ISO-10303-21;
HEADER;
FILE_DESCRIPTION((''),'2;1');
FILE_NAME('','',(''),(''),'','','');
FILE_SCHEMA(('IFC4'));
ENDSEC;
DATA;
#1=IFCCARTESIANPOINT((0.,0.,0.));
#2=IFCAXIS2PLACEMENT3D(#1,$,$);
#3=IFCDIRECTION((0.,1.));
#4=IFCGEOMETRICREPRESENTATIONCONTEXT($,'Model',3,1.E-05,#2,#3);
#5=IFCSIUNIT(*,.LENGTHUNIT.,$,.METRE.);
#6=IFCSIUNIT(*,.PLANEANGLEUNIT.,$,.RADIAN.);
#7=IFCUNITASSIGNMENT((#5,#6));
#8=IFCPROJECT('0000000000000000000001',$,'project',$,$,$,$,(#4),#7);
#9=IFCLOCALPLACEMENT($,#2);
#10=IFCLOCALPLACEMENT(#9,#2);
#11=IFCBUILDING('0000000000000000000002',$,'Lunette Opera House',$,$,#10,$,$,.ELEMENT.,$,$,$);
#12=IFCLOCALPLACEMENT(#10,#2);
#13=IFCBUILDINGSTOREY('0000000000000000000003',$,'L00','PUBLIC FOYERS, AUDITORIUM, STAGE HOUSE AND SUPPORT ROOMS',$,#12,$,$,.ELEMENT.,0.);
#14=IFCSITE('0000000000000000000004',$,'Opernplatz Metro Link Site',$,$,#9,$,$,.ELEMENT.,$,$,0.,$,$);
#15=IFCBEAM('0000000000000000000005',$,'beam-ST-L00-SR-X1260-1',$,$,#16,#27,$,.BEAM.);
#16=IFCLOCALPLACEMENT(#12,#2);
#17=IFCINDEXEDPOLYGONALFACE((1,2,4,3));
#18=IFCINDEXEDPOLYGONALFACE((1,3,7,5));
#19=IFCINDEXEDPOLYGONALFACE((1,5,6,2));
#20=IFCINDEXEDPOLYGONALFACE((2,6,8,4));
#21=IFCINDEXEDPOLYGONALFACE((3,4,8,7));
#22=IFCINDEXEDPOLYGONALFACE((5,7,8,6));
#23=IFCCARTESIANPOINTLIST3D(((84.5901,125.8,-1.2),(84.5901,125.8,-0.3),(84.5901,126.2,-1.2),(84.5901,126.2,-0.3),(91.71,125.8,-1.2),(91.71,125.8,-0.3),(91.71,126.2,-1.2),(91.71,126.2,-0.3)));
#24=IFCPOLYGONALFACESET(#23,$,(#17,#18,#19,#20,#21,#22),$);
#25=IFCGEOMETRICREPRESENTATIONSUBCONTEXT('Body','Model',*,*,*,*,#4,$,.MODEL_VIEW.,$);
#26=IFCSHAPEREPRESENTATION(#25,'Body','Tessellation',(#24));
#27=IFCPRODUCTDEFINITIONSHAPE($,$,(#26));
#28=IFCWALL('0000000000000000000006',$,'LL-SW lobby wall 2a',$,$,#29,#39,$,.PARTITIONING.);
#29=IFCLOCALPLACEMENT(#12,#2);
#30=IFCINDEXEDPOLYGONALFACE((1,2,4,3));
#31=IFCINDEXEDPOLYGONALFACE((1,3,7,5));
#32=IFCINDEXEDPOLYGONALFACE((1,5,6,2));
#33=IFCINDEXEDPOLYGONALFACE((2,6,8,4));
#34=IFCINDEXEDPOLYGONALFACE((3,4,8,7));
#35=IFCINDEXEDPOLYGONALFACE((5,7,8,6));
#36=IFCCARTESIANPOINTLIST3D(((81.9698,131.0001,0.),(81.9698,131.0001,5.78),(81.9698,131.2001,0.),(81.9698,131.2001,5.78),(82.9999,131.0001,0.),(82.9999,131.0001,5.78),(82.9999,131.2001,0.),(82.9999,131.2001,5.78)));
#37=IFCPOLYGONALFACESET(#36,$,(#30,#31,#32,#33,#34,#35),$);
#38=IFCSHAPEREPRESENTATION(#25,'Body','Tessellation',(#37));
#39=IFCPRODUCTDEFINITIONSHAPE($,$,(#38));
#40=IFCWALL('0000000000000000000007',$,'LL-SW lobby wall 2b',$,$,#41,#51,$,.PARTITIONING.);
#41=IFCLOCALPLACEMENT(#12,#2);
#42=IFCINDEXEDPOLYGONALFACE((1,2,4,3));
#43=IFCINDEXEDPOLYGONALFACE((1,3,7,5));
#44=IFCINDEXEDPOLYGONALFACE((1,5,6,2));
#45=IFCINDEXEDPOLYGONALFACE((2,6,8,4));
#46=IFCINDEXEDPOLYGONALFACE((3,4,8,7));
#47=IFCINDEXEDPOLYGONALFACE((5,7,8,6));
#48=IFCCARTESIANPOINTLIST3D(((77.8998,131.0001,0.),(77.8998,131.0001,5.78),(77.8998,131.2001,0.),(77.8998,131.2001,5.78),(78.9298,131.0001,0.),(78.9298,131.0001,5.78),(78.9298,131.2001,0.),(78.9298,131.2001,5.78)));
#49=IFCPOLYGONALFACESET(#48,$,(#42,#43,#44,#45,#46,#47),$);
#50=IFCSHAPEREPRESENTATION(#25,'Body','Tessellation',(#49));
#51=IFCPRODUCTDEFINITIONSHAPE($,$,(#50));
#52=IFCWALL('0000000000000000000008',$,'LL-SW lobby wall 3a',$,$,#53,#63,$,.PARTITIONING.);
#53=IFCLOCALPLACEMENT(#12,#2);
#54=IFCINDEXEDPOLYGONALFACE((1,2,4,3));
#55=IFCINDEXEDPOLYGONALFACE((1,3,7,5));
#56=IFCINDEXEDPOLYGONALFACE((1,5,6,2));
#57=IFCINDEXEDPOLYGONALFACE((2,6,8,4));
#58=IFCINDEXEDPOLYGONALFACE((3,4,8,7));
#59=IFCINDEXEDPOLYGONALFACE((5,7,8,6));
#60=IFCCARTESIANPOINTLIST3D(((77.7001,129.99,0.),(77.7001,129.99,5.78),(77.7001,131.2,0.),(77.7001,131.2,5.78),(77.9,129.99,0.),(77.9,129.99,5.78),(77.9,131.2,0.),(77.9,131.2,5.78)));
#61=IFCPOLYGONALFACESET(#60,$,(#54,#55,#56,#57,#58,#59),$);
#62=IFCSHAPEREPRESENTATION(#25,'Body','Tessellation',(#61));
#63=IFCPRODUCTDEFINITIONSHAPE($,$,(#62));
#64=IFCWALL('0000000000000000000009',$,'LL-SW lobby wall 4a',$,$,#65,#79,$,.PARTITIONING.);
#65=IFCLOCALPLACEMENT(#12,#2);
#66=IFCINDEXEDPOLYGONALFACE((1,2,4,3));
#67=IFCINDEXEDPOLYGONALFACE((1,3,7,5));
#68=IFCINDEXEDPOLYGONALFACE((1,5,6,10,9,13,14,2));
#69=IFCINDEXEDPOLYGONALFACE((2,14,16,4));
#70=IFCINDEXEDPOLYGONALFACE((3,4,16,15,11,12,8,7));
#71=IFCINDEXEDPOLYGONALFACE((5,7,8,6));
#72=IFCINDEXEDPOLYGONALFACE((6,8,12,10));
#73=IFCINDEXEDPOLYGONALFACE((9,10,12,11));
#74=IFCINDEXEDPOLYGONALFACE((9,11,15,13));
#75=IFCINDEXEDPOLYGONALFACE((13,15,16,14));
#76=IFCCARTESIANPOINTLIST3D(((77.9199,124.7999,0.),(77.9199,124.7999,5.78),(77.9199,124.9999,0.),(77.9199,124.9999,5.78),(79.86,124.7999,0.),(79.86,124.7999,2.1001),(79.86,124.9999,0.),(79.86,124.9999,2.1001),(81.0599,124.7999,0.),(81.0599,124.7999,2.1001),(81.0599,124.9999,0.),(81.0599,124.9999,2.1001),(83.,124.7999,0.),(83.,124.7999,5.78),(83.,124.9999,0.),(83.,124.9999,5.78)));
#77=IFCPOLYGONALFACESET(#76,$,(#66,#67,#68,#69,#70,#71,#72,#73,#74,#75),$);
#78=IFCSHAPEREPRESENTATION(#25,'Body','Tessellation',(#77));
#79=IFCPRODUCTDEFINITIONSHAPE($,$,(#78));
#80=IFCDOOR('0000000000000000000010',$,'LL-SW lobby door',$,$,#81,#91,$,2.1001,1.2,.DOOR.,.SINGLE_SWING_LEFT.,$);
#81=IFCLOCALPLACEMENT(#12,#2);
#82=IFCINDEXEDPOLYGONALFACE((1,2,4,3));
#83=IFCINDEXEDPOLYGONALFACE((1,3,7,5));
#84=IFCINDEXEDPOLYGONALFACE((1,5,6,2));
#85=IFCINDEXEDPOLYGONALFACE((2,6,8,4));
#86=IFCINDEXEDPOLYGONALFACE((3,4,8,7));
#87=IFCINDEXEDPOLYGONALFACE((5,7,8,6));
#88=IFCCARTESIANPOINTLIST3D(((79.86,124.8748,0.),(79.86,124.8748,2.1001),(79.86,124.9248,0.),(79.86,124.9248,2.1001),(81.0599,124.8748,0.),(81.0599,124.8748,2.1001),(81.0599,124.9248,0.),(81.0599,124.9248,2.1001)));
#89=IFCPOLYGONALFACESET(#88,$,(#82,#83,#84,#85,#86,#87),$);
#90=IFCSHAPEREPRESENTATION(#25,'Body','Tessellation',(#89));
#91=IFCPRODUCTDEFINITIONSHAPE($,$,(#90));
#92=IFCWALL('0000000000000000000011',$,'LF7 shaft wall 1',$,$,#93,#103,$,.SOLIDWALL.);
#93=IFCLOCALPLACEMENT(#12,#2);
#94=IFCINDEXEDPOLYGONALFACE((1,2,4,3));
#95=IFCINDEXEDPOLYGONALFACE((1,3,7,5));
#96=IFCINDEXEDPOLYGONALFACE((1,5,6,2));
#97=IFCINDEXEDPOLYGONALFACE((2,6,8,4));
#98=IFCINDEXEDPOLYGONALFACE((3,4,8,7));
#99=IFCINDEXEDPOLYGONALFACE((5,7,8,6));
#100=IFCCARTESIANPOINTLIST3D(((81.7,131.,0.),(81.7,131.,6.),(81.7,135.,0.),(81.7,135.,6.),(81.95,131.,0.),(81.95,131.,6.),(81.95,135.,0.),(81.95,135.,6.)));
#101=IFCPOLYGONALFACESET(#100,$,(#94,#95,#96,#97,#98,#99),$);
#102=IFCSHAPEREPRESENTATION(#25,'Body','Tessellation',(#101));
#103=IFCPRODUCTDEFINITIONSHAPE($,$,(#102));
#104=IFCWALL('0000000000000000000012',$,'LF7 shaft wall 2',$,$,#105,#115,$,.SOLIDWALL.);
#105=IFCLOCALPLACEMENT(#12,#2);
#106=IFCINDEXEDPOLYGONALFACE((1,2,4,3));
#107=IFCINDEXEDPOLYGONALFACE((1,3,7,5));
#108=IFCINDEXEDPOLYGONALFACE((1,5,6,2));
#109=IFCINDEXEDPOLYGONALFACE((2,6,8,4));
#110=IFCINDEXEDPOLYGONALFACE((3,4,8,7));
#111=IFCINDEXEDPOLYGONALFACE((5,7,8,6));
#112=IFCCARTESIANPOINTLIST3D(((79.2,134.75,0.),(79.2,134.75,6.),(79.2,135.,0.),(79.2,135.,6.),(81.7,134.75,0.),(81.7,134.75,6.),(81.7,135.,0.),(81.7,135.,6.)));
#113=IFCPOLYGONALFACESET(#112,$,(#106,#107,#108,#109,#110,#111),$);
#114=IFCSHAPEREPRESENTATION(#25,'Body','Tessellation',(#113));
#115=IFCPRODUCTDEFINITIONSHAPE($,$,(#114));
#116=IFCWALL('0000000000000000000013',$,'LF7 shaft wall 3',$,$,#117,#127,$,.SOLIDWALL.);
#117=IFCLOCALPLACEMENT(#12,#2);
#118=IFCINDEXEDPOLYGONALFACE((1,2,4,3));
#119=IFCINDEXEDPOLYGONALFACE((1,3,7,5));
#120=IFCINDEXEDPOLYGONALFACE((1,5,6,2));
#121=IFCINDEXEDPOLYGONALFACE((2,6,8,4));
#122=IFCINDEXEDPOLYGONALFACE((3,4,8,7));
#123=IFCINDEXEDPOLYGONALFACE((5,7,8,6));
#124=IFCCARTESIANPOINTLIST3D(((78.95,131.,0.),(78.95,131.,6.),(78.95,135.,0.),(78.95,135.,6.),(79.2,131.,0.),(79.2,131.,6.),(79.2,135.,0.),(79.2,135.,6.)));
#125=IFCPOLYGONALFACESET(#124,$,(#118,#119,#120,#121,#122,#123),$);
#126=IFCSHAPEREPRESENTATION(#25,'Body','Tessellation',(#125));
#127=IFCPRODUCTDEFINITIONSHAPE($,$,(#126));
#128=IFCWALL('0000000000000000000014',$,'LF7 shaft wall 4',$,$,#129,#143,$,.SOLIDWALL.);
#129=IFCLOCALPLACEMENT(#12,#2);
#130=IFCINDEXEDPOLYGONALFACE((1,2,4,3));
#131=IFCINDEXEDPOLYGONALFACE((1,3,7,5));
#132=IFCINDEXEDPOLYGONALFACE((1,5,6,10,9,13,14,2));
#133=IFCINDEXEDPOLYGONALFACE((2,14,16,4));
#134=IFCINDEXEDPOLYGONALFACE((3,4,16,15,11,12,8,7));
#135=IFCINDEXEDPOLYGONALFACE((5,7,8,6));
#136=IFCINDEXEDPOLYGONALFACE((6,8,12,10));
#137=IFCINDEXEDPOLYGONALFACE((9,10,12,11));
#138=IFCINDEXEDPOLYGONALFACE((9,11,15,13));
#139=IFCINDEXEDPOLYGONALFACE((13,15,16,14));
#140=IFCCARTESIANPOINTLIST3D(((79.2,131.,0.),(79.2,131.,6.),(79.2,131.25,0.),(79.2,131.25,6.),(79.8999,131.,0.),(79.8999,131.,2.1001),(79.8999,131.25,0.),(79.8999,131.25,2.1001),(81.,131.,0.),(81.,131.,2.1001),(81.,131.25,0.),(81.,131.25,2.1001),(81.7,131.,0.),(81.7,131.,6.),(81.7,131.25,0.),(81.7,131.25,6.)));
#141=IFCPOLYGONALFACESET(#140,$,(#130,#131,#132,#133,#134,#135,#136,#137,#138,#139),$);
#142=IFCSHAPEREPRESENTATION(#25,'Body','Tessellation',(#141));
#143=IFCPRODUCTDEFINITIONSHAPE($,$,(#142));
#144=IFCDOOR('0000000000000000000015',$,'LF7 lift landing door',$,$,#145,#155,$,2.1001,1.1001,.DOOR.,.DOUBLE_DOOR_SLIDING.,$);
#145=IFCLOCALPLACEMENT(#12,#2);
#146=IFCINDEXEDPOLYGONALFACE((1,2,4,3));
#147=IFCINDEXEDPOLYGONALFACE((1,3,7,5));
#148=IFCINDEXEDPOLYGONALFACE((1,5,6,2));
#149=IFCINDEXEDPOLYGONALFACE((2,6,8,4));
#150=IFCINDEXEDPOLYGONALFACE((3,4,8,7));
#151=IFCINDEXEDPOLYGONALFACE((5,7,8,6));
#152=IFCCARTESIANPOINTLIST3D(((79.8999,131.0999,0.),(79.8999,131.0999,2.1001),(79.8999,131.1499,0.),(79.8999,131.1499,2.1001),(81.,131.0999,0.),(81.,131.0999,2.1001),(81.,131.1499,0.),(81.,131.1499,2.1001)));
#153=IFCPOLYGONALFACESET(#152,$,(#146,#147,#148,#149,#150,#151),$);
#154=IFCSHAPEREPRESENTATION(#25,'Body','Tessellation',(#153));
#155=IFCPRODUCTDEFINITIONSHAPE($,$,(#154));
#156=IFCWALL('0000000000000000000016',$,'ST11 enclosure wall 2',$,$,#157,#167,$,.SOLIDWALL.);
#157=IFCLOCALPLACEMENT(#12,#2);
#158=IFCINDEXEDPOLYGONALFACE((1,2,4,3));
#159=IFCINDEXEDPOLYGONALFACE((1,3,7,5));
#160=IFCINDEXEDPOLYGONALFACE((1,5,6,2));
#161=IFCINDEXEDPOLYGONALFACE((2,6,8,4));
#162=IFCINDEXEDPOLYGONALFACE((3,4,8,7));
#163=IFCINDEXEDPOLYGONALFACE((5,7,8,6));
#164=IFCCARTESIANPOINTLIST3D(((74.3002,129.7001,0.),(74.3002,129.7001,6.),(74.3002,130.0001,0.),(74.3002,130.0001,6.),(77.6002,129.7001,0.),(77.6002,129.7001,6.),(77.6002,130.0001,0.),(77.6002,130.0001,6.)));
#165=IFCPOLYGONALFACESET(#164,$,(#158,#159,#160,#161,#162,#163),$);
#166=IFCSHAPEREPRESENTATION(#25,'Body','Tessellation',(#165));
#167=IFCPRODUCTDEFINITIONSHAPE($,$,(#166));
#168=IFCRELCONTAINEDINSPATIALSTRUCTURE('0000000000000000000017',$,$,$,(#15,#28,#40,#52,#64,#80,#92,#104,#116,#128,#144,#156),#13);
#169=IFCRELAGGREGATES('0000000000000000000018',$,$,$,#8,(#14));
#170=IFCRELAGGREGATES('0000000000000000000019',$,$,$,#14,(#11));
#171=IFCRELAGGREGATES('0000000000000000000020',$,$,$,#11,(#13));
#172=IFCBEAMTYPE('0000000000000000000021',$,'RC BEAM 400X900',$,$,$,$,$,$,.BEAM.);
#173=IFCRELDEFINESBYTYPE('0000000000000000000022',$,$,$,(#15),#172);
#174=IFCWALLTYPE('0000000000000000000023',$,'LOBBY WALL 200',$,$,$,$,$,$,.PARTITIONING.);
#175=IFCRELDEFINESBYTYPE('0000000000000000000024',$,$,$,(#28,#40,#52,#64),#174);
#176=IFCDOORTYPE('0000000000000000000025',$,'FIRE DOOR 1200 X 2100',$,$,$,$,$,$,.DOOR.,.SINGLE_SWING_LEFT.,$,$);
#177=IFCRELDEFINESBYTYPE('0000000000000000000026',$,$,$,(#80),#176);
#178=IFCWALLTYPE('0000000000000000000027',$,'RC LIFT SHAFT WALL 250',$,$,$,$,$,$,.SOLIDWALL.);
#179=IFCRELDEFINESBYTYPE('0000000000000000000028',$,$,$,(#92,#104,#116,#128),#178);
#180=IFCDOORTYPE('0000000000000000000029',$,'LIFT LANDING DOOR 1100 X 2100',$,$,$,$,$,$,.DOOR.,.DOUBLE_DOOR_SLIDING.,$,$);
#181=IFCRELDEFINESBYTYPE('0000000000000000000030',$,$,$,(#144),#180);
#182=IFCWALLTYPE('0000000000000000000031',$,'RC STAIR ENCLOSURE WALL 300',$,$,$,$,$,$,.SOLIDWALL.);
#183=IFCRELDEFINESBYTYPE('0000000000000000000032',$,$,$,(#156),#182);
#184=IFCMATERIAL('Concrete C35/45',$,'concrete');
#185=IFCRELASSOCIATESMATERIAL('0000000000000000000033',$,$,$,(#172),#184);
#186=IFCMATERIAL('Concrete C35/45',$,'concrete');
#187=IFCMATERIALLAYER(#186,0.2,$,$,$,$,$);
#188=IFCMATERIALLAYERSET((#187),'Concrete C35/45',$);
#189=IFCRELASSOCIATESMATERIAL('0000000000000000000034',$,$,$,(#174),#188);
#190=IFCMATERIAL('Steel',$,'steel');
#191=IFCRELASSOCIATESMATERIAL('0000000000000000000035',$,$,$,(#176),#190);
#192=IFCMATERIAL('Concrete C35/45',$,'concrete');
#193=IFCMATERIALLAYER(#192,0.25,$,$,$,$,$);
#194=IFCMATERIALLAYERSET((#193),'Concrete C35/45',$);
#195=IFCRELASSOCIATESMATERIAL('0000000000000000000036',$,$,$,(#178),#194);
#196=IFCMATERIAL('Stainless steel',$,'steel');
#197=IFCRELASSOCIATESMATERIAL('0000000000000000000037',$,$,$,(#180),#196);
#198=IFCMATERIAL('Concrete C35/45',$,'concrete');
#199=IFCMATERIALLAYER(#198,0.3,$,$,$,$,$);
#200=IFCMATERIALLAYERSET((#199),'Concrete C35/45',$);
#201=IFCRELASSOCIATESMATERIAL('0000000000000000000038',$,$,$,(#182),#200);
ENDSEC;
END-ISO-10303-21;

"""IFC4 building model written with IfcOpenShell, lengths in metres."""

from ifc_helpers import new_model, si_unit, direction, frame, frame_2d, origin, origin_2d, place, context, subcontext, project, spatial, rectangle, extrude, material, layer, layer_set, material_profile, profile_set, type_object, element, fill, save


model = new_model("IFC4")

# Units and contexts
model_context = context("Model", 3, precision=1e-05, world=origin(), true_north=direction((0.0, 1.0)))
body_context = subcontext(model_context, "Body", "Model", "MODEL_VIEW")
ifc_project = project(units=[si_unit("LENGTHUNIT", "METRE"), si_unit("PLANEANGLEUNIT", "RADIAN")], contexts=[model_context])

# Site, building, storey
site_placement = place(None, origin())
site = spatial("IfcSite", under=ifc_project, at=site_placement, Name="Opernplatz Metro Link Site", CompositionType="ELEMENT", RefElevation=0.0)
building_placement = place(site_placement, origin())
building = spatial("IfcBuilding", under=site, at=building_placement, Name="Lunette Opera House", CompositionType="ELEMENT")
storey_placement = place(building_placement, origin())
storey = spatial("IfcBuildingStorey", under=building, at=storey_placement, Name="L00", Description="PUBLIC FOYERS, AUDITORIUM, STAGE HOUSE AND SUPPORT ROOMS", CompositionType="ELEMENT", Elevation=0.0)

# Beam
ifc_material_1 = material(Name="Concrete C35/45", Category="concrete")
ifc_material_profile = material_profile(ifc_material_1, rectangle(XDim=0.3999, YDim=0.8999, at=origin_2d()), Name="RC BEAM 400X900")
ifc_profile_set = profile_set([ifc_material_profile], Name="Concrete C35/45")
beam_type = type_object("IfcBeamType", Name="RC BEAM 400X900", PredefinedType="BEAM", material=ifc_profile_set)
beam_placement = place(storey_placement, frame((84.5901, 126.0, -0.75), z_axis=(1.0, 0.0, 0.0), x_axis=(0.0, 1.0, 0.0)))
element("IfcBeam", 1, at=beam_placement, inside=storey, type_object=beam_type, Name="beam-ST-L00-SR-X1260-1", PredefinedType="BEAM", context=body_context, shape_type="SweptSolid", body=[
    extrude(rectangle(XDim=0.3999, YDim=0.8999, at=origin_2d()), origin(), (0.0, 0.0, 1.0), 7.1199),
])

# Walls
ifc_material_2 = material(Name="Concrete C35/45", Category="concrete")
ifc_layer_1 = layer(ifc_material_2, 0.2)
ifc_layer_set_1 = layer_set([ifc_layer_1], Name="Concrete C35/45")
wall_type_1 = type_object("IfcWallType", Name="LOBBY WALL 200", PredefinedType="PARTITIONING", material=ifc_layer_set_1)
for number, where, z_axis, x_axis, name in (
    (2, (83.0, 131.1001, 0.0), (0.0, 0.0, 1.0), (-1.0, 0.0, 0.0), "LL-SW lobby wall 2a"),
    (3, (78.9299, 131.1001, 0.0), (0.0, 0.0, 1.0), (-1.0, 0.0, 0.0), "LL-SW lobby wall 2b"),
):
    element("IfcWall", number, at=place(storey_placement, frame(where, z_axis=z_axis, x_axis=x_axis)), inside=storey, type_object=wall_type_1, Name=name, PredefinedType="PARTITIONING", context=body_context, shape_type="SweptSolid", body=[
        extrude(rectangle(XDim=1.03, YDim=0.2, at=frame_2d((0.5151, 0.0))), origin(), (0.0, 0.0, 1.0), 5.78),
    ])
wall_1_placement = place(storey_placement, frame((77.8, 131.2, 0.0), z_axis=(0.0, 0.0, 1.0), x_axis=(0.0, -1.0, 0.0)))
element("IfcWall", 4, at=wall_1_placement, inside=storey, type_object=wall_type_1, Name="LL-SW lobby wall 3a", PredefinedType="PARTITIONING", context=body_context, shape_type="SweptSolid", body=[
    extrude(rectangle(XDim=1.21, YDim=0.2, at=frame_2d((0.605, 0.0))), origin(), (0.0, 0.0, 1.0), 5.78),
])

# Wall, opening, door
wall_2_placement = place(storey_placement, frame((77.9199, 124.8999, 0.0), z_axis=(0.0, 0.0, 1.0), x_axis=(1.0, 0.0, 0.0)))
wall_2 = element("IfcWall", 5, at=wall_2_placement, inside=storey, type_object=wall_type_1, Name="LL-SW lobby wall 4a", PredefinedType="PARTITIONING", context=body_context, shape_type="SweptSolid", body=[
    extrude(rectangle(XDim=5.0801, YDim=0.2, at=frame_2d((2.54, 0.0))), origin(), (0.0, 0.0, 1.0), 5.78),
])
opening_1_placement = place(wall_2_placement, frame((1.9399, 0.0, 0.0)))
opening_1 = element("IfcOpeningElement", 6, at=opening_1_placement, cuts=wall_2, PredefinedType="OPENING", context=body_context, shape_type="SweptSolid", body=[
    extrude(rectangle(XDim=1.2, YDim=2.1001, at=frame_2d((0.6001, 1.05))), frame((0.0, 0.1121, 0.0), z_axis=(0.0, -1.0, 0.0), x_axis=(1.0, 0.0, 0.0)), (0.0, 0.0, 1.0), 0.2239),
])
ifc_material_3 = material(Name="Steel", Category="steel")
door_type_1 = type_object("IfcDoorType", Name="FIRE DOOR 1200 X 2100", OperationType="SINGLE_SWING_LEFT", PredefinedType="DOOR", material=ifc_material_3)
door_1_placement = place(opening_1_placement, origin())
door_1 = element("IfcDoor", 7, at=door_1_placement, inside=storey, type_object=door_type_1, Name="LL-SW lobby door", OperationType="SINGLE_SWING_LEFT", OverallHeight=2.1001, OverallWidth=1.2, PredefinedType="DOOR", context=body_context, shape_type="SweptSolid", body=[
    extrude(rectangle(XDim=1.2, YDim=2.1001, at=frame_2d((0.6001, 1.05))), frame((0.0, 0.0249, 0.0), z_axis=(0.0, -1.0, 0.0), x_axis=(1.0, 0.0, 0.0)), (0.0, 0.0, 1.0), 0.05),
])
fill(opening_1, door_1)

# Walls
ifc_material_4 = material(Name="Concrete C35/45", Category="concrete")
ifc_layer_2 = layer(ifc_material_4, 0.25)
ifc_layer_set_2 = layer_set([ifc_layer_2], Name="Concrete C35/45")
wall_type_2 = type_object("IfcWallType", Name="RC LIFT SHAFT WALL 250", PredefinedType="SOLIDWALL", material=ifc_layer_set_2)
wall_3_placement = place(storey_placement, frame((81.825, 131.0, 0.0), z_axis=(0.0, 0.0, 1.0), x_axis=(0.0, 1.0, 0.0)))
element("IfcWall", 8, at=wall_3_placement, inside=storey, type_object=wall_type_2, Name="LF7 shaft wall 1", PredefinedType="SOLIDWALL", context=body_context, shape_type="SweptSolid", body=[
    extrude(rectangle(XDim=4.0, YDim=0.25, at=frame_2d((2.0, 0.0))), origin(), (0.0, 0.0, 1.0), 6.0),
])
wall_4_placement = place(storey_placement, frame((81.7, 134.875, 0.0), z_axis=(0.0, 0.0, 1.0), x_axis=(-1.0, 0.0, 0.0)))
element("IfcWall", 9, at=wall_4_placement, inside=storey, type_object=wall_type_2, Name="LF7 shaft wall 2", PredefinedType="SOLIDWALL", context=body_context, shape_type="SweptSolid", body=[
    extrude(rectangle(XDim=2.5, YDim=0.25, at=frame_2d((1.25, 0.0))), origin(), (0.0, 0.0, 1.0), 6.0),
])
wall_5_placement = place(storey_placement, frame((79.075, 135.0, 0.0), z_axis=(0.0, 0.0, 1.0), x_axis=(0.0, -1.0, 0.0)))
element("IfcWall", 10, at=wall_5_placement, inside=storey, type_object=wall_type_2, Name="LF7 shaft wall 3", PredefinedType="SOLIDWALL", context=body_context, shape_type="SweptSolid", body=[
    extrude(rectangle(XDim=4.0, YDim=0.25, at=frame_2d((2.0, 0.0))), origin(), (0.0, 0.0, 1.0), 6.0),
])

# Wall, opening, door
wall_6_placement = place(storey_placement, frame((79.2, 131.125, 0.0), z_axis=(0.0, 0.0, 1.0), x_axis=(1.0, 0.0, 0.0)))
wall_6 = element("IfcWall", 11, at=wall_6_placement, inside=storey, type_object=wall_type_2, Name="LF7 shaft wall 4", PredefinedType="SOLIDWALL", context=body_context, shape_type="SweptSolid", body=[
    extrude(rectangle(XDim=2.5, YDim=0.25, at=frame_2d((1.25, 0.0))), origin(), (0.0, 0.0, 1.0), 6.0),
])
opening_2_placement = place(wall_6_placement, frame((0.7, 0.0, 0.0)))
opening_2 = element("IfcOpeningElement", 12, at=opening_2_placement, cuts=wall_6, PredefinedType="OPENING", context=body_context, shape_type="SweptSolid", body=[
    extrude(rectangle(XDim=1.1001, YDim=2.1001, at=frame_2d((0.55, 1.05))), frame((0.0, 0.137, 0.0), z_axis=(0.0, -1.0, 0.0), x_axis=(1.0, 0.0, 0.0)), (0.0, 0.0, 1.0), 0.2739),
])
ifc_material_5 = material(Name="Stainless steel", Category="steel")
door_type_2 = type_object("IfcDoorType", Name="LIFT LANDING DOOR 1100 X 2100", OperationType="DOUBLE_DOOR_SLIDING", PredefinedType="DOOR", material=ifc_material_5)
door_2_placement = place(opening_2_placement, origin())
door_2 = element("IfcDoor", 13, at=door_2_placement, inside=storey, type_object=door_type_2, Name="LF7 lift landing door", OperationType="DOUBLE_DOOR_SLIDING", OverallHeight=2.1001, OverallWidth=1.1001, PredefinedType="DOOR", context=body_context, shape_type="SweptSolid", body=[
    extrude(rectangle(XDim=1.1001, YDim=2.1001, at=frame_2d((0.55, 1.05))), frame((0.0, 0.0249, 0.0), z_axis=(0.0, -1.0, 0.0), x_axis=(1.0, 0.0, 0.0)), (0.0, 0.0, 1.0), 0.05),
])
fill(opening_2, door_2)

# Wall
ifc_material_6 = material(Name="Concrete C35/45", Category="concrete")
ifc_layer_3 = layer(ifc_material_6, 0.3)
ifc_layer_set_3 = layer_set([ifc_layer_3], Name="Concrete C35/45")
wall_type_3 = type_object("IfcWallType", Name="RC STAIR ENCLOSURE WALL 300", PredefinedType="SOLIDWALL", material=ifc_layer_set_3)
wall_7_placement = place(storey_placement, frame((77.6001, 129.8501, 0.0), z_axis=(0.0, 0.0, 1.0), x_axis=(-1.0, 0.0, 0.0)))
element("IfcWall", 14, at=wall_7_placement, inside=storey, type_object=wall_type_3, Name="ST11 enclosure wall 2", PredefinedType="SOLIDWALL", context=body_context, shape_type="SweptSolid", body=[
    extrude(rectangle(XDim=3.3, YDim=0.3, at=frame_2d((1.6499, 0.0))), origin(), (0.0, 0.0, 1.0), 6.0),
])

save(model, "model.ifc")
